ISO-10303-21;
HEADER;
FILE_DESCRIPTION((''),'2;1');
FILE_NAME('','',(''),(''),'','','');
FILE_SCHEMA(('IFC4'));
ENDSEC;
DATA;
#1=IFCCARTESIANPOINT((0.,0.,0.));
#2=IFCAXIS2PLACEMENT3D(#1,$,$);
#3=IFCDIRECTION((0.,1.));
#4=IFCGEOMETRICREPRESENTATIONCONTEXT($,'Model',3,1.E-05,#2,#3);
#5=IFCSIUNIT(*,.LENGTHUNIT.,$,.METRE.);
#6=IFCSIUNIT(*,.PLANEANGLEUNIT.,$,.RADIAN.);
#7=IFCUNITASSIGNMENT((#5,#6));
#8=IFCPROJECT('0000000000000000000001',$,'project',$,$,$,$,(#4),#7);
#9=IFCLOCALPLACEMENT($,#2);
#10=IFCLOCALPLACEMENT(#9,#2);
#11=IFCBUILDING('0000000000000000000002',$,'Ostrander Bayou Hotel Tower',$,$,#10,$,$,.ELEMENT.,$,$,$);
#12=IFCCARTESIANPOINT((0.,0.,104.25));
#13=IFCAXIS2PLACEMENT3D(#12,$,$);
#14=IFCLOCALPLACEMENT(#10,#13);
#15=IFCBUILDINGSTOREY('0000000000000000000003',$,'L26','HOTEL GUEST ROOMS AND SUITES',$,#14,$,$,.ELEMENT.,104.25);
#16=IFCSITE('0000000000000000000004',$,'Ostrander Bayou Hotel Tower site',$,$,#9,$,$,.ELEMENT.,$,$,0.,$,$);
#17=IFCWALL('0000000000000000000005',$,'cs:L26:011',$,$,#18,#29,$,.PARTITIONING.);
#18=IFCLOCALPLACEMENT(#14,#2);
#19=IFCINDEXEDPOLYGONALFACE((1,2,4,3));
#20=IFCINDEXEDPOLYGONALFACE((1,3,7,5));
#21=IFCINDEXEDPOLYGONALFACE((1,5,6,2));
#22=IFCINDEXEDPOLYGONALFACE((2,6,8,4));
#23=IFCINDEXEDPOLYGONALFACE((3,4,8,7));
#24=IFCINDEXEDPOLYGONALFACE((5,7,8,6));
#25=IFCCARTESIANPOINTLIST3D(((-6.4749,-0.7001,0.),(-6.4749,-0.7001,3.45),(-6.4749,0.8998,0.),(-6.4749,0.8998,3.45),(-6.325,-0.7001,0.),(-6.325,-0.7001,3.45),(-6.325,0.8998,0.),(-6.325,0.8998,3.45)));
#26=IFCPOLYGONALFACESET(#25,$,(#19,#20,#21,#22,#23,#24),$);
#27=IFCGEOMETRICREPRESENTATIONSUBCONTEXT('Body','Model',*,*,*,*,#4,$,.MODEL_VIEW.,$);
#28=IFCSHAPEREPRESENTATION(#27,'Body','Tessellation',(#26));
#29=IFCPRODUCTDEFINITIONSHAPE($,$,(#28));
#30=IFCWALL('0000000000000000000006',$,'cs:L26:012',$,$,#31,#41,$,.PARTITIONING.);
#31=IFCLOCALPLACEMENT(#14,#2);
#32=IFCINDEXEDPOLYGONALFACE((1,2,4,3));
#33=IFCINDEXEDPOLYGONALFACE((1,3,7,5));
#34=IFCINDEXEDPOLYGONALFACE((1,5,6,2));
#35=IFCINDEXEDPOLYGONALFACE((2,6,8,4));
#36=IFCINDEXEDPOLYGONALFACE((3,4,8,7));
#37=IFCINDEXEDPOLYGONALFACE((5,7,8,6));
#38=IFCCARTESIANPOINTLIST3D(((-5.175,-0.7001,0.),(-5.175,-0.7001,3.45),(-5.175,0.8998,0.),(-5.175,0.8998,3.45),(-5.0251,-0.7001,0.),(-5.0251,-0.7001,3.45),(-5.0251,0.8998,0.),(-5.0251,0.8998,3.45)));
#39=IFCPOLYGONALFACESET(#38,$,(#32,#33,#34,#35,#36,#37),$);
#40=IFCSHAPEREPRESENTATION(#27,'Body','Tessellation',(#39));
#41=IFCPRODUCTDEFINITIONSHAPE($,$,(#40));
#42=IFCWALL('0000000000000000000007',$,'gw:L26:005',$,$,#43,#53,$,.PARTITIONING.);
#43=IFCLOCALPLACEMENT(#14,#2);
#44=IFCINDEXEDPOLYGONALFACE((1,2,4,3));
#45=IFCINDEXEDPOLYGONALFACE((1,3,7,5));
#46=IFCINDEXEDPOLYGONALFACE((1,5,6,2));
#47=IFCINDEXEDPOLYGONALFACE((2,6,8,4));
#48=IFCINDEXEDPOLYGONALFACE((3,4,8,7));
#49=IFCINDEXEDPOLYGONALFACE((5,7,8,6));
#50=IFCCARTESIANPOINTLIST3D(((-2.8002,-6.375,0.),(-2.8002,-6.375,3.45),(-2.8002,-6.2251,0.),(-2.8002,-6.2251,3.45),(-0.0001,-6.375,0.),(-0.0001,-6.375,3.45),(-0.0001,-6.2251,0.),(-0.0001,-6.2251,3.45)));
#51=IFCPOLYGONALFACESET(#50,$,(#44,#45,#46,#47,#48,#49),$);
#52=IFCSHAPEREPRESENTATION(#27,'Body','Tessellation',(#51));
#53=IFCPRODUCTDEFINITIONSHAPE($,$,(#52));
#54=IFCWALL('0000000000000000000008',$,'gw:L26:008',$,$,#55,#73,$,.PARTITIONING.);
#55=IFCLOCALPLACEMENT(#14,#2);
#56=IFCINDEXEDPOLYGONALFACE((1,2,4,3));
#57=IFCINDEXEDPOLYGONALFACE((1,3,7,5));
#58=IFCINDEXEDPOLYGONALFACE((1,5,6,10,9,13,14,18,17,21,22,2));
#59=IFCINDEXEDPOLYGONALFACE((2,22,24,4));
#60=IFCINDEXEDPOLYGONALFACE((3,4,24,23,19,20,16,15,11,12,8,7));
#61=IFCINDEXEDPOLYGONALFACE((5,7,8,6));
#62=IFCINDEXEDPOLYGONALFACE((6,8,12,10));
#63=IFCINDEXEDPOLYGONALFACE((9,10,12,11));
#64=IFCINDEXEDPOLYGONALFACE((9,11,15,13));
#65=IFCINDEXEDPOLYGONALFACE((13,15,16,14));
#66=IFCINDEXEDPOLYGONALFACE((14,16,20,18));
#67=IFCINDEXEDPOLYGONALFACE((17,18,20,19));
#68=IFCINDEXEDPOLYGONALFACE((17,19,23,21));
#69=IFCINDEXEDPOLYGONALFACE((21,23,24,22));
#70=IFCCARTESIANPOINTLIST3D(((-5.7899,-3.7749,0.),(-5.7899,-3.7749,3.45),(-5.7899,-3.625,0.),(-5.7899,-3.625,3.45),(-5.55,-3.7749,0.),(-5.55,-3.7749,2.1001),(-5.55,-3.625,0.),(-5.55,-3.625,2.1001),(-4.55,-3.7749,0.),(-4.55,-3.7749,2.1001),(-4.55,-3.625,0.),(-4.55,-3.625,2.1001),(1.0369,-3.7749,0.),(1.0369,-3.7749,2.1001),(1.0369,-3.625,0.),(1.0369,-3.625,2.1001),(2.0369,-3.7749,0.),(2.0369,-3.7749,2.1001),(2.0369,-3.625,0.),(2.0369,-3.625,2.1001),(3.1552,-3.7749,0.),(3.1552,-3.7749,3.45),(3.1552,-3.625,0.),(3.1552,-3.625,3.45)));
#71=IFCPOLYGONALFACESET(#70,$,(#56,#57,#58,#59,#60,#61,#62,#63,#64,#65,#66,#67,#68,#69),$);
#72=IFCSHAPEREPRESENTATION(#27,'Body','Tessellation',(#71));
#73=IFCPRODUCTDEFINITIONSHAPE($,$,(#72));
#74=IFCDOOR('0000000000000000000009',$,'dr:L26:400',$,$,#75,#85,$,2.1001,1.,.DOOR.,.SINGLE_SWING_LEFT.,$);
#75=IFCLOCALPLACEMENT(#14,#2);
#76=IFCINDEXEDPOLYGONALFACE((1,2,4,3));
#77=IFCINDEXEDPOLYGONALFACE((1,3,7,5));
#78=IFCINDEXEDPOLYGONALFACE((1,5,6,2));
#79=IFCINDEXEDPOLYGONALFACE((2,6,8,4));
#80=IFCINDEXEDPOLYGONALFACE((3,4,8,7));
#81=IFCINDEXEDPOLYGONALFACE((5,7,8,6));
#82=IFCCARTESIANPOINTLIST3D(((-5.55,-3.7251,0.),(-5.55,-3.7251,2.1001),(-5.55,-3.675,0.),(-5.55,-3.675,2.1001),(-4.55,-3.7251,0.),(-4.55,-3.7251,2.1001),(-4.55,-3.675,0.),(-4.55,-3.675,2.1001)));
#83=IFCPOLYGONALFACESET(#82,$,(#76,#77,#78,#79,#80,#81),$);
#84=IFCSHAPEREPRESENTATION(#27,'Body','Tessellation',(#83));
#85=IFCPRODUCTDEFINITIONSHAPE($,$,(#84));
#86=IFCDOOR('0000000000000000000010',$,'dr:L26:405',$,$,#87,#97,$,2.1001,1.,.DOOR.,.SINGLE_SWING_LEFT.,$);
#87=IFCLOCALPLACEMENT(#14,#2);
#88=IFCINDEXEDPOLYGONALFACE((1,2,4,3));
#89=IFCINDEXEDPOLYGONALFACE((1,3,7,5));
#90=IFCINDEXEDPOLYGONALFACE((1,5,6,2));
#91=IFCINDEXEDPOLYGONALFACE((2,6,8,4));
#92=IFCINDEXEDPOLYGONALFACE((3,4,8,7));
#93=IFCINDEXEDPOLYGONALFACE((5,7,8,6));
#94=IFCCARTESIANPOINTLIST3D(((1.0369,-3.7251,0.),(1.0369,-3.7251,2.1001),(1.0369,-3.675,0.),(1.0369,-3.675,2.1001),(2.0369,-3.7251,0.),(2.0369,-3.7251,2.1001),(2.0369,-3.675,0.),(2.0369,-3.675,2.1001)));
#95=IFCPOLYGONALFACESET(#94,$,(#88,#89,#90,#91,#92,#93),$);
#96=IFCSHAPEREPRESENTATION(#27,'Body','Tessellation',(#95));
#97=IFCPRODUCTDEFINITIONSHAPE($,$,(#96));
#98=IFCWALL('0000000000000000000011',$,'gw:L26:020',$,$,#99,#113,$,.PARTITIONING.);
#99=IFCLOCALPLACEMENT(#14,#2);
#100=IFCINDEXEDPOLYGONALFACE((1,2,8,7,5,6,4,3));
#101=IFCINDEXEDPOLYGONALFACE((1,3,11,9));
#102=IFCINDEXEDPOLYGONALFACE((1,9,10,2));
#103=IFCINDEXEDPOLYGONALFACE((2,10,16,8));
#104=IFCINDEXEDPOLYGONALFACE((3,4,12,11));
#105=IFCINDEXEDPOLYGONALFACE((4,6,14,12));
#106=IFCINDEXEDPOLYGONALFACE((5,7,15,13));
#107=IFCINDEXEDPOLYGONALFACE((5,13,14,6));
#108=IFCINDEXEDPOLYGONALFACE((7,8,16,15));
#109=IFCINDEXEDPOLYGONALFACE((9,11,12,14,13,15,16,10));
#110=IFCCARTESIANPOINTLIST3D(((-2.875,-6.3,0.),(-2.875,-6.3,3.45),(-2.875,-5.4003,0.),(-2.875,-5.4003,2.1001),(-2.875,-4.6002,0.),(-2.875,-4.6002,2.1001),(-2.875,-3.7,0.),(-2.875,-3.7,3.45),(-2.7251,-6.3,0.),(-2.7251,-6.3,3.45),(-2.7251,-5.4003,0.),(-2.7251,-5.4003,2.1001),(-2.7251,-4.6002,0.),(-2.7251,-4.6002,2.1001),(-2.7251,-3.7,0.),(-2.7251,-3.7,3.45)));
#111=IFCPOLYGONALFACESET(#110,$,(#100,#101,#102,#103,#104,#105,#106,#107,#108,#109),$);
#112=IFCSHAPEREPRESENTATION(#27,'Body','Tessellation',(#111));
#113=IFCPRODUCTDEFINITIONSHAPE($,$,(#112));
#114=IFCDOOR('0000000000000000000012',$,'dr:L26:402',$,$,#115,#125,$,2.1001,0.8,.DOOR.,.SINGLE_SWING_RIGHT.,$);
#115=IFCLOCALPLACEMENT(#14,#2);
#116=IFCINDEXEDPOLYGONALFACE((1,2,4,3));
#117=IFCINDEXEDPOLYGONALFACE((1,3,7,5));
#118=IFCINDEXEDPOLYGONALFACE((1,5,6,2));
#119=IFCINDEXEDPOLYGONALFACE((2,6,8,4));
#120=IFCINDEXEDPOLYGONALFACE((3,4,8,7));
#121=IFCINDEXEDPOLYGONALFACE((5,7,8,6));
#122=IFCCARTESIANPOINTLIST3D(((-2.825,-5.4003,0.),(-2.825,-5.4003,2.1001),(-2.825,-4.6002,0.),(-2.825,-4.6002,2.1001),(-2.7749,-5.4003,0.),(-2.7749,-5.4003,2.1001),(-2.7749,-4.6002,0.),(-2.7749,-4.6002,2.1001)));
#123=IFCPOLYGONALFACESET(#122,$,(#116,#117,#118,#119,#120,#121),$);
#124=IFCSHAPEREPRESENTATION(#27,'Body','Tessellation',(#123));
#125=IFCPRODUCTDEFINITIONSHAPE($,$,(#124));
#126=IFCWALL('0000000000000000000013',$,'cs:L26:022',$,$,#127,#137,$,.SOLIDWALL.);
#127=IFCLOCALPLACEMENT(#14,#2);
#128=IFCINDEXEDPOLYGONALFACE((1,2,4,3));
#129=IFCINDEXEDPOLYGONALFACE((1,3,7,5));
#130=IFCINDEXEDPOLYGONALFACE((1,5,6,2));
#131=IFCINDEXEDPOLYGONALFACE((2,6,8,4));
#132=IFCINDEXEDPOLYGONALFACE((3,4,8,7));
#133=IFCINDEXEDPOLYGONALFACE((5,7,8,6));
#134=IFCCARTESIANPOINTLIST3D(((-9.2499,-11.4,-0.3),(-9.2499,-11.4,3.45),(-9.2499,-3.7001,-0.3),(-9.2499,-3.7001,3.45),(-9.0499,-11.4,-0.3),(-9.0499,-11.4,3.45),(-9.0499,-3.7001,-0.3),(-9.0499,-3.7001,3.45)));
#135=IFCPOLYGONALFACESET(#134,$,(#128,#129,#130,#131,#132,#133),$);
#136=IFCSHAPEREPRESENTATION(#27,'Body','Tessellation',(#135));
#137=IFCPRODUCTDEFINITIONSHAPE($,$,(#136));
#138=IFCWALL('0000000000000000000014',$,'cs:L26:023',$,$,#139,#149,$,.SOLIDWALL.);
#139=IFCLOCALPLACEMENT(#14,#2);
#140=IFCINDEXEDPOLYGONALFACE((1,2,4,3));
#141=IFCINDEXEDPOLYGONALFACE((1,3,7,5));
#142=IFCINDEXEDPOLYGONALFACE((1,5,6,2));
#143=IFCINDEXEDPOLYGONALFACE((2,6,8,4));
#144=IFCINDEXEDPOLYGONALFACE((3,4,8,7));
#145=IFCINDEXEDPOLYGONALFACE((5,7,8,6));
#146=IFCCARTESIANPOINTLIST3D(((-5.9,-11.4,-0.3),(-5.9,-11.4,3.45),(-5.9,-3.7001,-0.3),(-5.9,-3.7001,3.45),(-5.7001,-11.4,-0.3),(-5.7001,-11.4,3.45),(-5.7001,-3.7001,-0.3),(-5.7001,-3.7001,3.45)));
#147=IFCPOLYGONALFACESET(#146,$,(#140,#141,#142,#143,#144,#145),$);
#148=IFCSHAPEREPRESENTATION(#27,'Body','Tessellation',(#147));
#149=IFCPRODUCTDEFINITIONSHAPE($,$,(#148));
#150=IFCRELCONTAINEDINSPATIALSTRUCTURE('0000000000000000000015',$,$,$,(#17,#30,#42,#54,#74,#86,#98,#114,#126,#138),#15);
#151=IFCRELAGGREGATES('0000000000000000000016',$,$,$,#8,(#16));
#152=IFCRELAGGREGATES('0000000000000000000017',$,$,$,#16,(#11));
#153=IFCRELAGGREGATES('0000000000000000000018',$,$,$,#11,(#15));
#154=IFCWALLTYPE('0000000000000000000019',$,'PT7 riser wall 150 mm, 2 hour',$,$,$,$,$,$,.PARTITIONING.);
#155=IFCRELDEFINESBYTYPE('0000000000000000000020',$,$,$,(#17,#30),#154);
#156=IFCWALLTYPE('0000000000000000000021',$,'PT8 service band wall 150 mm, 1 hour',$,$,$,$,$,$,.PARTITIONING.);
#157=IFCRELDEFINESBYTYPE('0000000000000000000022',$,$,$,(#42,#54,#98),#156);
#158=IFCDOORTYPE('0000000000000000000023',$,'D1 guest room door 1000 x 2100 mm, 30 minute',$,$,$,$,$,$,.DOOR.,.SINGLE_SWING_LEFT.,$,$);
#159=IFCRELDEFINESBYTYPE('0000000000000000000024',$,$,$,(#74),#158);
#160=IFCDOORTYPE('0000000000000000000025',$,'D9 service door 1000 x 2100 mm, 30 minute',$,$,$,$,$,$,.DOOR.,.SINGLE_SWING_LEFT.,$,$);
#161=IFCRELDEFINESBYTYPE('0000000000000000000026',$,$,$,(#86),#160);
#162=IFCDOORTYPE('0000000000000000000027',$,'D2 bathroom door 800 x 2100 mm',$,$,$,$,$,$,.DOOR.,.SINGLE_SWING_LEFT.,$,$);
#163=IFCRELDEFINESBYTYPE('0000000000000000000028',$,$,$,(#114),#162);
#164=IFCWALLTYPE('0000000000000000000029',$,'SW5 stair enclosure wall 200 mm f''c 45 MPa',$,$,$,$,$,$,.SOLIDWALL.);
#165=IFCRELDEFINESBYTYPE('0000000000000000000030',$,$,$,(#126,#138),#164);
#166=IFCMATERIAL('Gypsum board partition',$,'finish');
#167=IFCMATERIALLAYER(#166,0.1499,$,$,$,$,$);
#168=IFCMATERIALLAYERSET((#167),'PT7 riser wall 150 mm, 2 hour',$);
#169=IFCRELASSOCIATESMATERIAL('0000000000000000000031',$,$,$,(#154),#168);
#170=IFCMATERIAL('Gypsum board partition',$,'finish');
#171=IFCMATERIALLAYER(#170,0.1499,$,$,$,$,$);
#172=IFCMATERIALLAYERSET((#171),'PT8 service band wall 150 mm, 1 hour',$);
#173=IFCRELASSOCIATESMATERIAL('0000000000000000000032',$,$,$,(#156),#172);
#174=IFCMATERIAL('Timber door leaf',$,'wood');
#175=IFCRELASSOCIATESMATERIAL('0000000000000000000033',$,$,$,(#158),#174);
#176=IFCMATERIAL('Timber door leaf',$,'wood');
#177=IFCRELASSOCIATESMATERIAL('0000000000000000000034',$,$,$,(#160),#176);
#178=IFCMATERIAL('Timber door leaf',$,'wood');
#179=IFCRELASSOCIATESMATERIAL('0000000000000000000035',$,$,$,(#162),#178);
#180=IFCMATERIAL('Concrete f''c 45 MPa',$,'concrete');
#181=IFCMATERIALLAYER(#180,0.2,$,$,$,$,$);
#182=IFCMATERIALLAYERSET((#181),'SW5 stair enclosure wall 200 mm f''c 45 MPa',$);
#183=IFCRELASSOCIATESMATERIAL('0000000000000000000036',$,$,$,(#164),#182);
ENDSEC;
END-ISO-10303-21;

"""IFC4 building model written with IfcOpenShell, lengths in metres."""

from ifc_helpers import new_model, si_unit, direction, frame, frame_2d, origin, place, context, subcontext, project, spatial, rectangle, extrude, material, layer, layer_set, type_object, element, fill, save


model = new_model("IFC4")

# Units and contexts
model_context = context("Model", 3, precision=1e-05, world=origin(), true_north=direction((0.0, 1.0)))
body_context = subcontext(model_context, "Body", "Model", "MODEL_VIEW")
ifc_project = project(units=[si_unit("LENGTHUNIT", "METRE"), si_unit("PLANEANGLEUNIT", "RADIAN")], contexts=[model_context])

# Site, building, storey
site_placement = place(None, origin())
site = spatial("IfcSite", under=ifc_project, at=site_placement, Name="Ostrander Bayou Hotel Tower site", CompositionType="ELEMENT", RefElevation=0.0)
building_placement = place(site_placement, origin())
building = spatial("IfcBuilding", under=site, at=building_placement, Name="Ostrander Bayou Hotel Tower", CompositionType="ELEMENT")
storey_placement = place(building_placement, frame((0.0, 0.0, 104.25)))
storey = spatial("IfcBuildingStorey", under=building, at=storey_placement, Name="L26", Description="HOTEL GUEST ROOMS AND SUITES", CompositionType="ELEMENT", Elevation=104.25)

# Walls
ifc_material_1 = material(Name="Gypsum board partition", Category="finish")
ifc_layer_1 = layer(ifc_material_1, 0.1499)
ifc_layer_set_1 = layer_set([ifc_layer_1], Name="PT7 riser wall 150 mm, 2 hour")
wall_type_1 = type_object("IfcWallType", Name="PT7 riser wall 150 mm, 2 hour", PredefinedType="PARTITIONING", material=ifc_layer_set_1)
for number, where, z_axis, x_axis, name in (
    (1, (-6.3999, -0.7, 0.0), (0.0, 0.0, 1.0), (0.0, 1.0, 0.0), "cs:L26:011"),
    (2, (-5.1001, -0.7, 0.0), (0.0, 0.0, 1.0), (0.0, 1.0, 0.0), "cs:L26:012"),
):
    element("IfcWall", number, at=place(storey_placement, frame(where, z_axis=z_axis, x_axis=x_axis)), inside=storey, type_object=wall_type_1, Name=name, PredefinedType="PARTITIONING", context=body_context, shape_type="SweptSolid", body=[
        extrude(rectangle(XDim=1.5999, YDim=0.1499, at=frame_2d((0.7998, 0.0))), origin(), (0.0, 0.0, 1.0), 3.45),
    ])
ifc_material_2 = material(Name="Gypsum board partition", Category="finish")
ifc_layer_2 = layer(ifc_material_2, 0.1499)
ifc_layer_set_2 = layer_set([ifc_layer_2], Name="PT8 service band wall 150 mm, 1 hour")
wall_type_2 = type_object("IfcWallType", Name="PT8 service band wall 150 mm, 1 hour", PredefinedType="PARTITIONING", material=ifc_layer_set_2)
wall_1_placement = place(storey_placement, frame((-2.8, -6.3, 0.0), z_axis=(0.0, 0.0, 1.0), x_axis=(1.0, 0.0, 0.0)))
element("IfcWall", 3, at=wall_1_placement, inside=storey, type_object=wall_type_2, Name="gw:L26:005", PredefinedType="PARTITIONING", context=body_context, shape_type="SweptSolid", body=[
    extrude(rectangle(XDim=2.8, YDim=0.1499, at=frame_2d((1.3999, 0.0))), origin(), (0.0, 0.0, 1.0), 3.45),
])

# Wall, openings, doors
wall_2_placement = place(storey_placement, frame((-5.79, -3.7, 0.0), z_axis=(0.0, 0.0, 1.0), x_axis=(1.0, 0.0, 0.0)))
wall_2 = element("IfcWall", 4, at=wall_2_placement, inside=storey, type_object=wall_type_2, Name="gw:L26:008", PredefinedType="PARTITIONING", context=body_context, shape_type="SweptSolid", body=[
    extrude(rectangle(XDim=8.9451, YDim=0.1499, at=frame_2d((4.4727, 0.0))), origin(), (0.0, 0.0, 1.0), 3.45),
])
opening_1_placement = place(wall_2_placement, frame((0.24, 0.0, 0.0)))
opening_1 = element("IfcOpeningElement", 5, at=opening_1_placement, cuts=wall_2, PredefinedType="OPENING", context=body_context, shape_type="SweptSolid", body=[
    extrude(rectangle(XDim=1.0, YDim=2.1001, at=frame_2d((0.5, 1.05))), frame((0.0, 0.075, 0.0), z_axis=(0.0, -1.0, 0.0), x_axis=(1.0, 0.0, 0.0)), (0.0, 0.0, 1.0), 0.1499),
])
opening_2_placement = place(wall_2_placement, frame((6.8269, 0.0, 0.0)))
opening_2 = element("IfcOpeningElement", 6, at=opening_2_placement, cuts=wall_2, PredefinedType="OPENING", context=body_context, shape_type="SweptSolid", body=[
    extrude(rectangle(XDim=1.0, YDim=2.1001, at=frame_2d((0.5, 1.05))), frame((0.0, 0.075, 0.0), z_axis=(0.0, -1.0, 0.0), x_axis=(1.0, 0.0, 0.0)), (0.0, 0.0, 1.0), 0.1499),
])
ifc_material_3 = material(Name="Timber door leaf", Category="wood")
door_type_1 = type_object("IfcDoorType", Name="D1 guest room door 1000 x 2100 mm, 30 minute", OperationType="SINGLE_SWING_LEFT", PredefinedType="DOOR", material=ifc_material_3)
door_1_placement = place(opening_1_placement, origin())
door_1 = element("IfcDoor", 7, at=door_1_placement, inside=storey, type_object=door_type_1, Name="dr:L26:400", OperationType="SINGLE_SWING_LEFT", OverallHeight=2.1001, OverallWidth=1.0, PredefinedType="DOOR", context=body_context, shape_type="SweptSolid", body=[
    extrude(rectangle(XDim=1.0, YDim=2.1001, at=frame_2d((0.5, 1.05))), frame((0.0, 0.0249, 0.0), z_axis=(0.0, -1.0, 0.0), x_axis=(1.0, 0.0, 0.0)), (0.0, 0.0, 1.0), 0.05),
])
fill(opening_1, door_1)
ifc_material_4 = material(Name="Timber door leaf", Category="wood")
door_type_2 = type_object("IfcDoorType", Name="D9 service door 1000 x 2100 mm, 30 minute", OperationType="SINGLE_SWING_LEFT", PredefinedType="DOOR", material=ifc_material_4)
door_2_placement = place(opening_2_placement, origin())
door_2 = element("IfcDoor", 8, at=door_2_placement, inside=storey, type_object=door_type_2, Name="dr:L26:405", OperationType="SINGLE_SWING_LEFT", OverallHeight=2.1001, OverallWidth=1.0, PredefinedType="DOOR", context=body_context, shape_type="SweptSolid", body=[
    extrude(rectangle(XDim=1.0, YDim=2.1001, at=frame_2d((0.5, 1.05))), frame((0.0, 0.0249, 0.0), z_axis=(0.0, -1.0, 0.0), x_axis=(1.0, 0.0, 0.0)), (0.0, 0.0, 1.0), 0.05),
])
fill(opening_2, door_2)

# Wall, opening, door
wall_3_placement = place(storey_placement, frame((-2.8, -6.3, 0.0), z_axis=(0.0, 0.0, 1.0), x_axis=(0.0, 1.0, 0.0)))
wall_3 = element("IfcWall", 9, at=wall_3_placement, inside=storey, type_object=wall_type_2, Name="gw:L26:020", PredefinedType="PARTITIONING", context=body_context, shape_type="SweptSolid", body=[
    extrude(rectangle(XDim=2.6001, YDim=0.1499, at=frame_2d((1.3, 0.0))), origin(), (0.0, 0.0, 1.0), 3.45),
])
opening_3_placement = place(wall_3_placement, frame((0.8999, 0.0, 0.0)))
opening_3 = element("IfcOpeningElement", 10, at=opening_3_placement, cuts=wall_3, PredefinedType="OPENING", context=body_context, shape_type="SweptSolid", body=[
    extrude(rectangle(XDim=0.8, YDim=2.1001, at=frame_2d((0.3999, 1.05))), frame((0.0, 0.075, 0.0), z_axis=(0.0, -1.0, 0.0), x_axis=(1.0, 0.0, 0.0)), (0.0, 0.0, 1.0), 0.1499),
])
ifc_material_5 = material(Name="Timber door leaf", Category="wood")
door_type_3 = type_object("IfcDoorType", Name="D2 bathroom door 800 x 2100 mm", OperationType="SINGLE_SWING_LEFT", PredefinedType="DOOR", material=ifc_material_5)
door_3_placement = place(opening_3_placement, origin())
door_3 = element("IfcDoor", 11, at=door_3_placement, inside=storey, type_object=door_type_3, Name="dr:L26:402", OperationType="SINGLE_SWING_RIGHT", OverallHeight=2.1001, OverallWidth=0.8, PredefinedType="DOOR", context=body_context, shape_type="SweptSolid", body=[
    extrude(rectangle(XDim=0.8, YDim=2.1001, at=frame_2d((0.3999, 1.05))), frame((0.0, 0.0249, 0.0), z_axis=(0.0, -1.0, 0.0), x_axis=(1.0, 0.0, 0.0)), (0.0, 0.0, 1.0), 0.05),
])
fill(opening_3, door_3)
ifc_material_6 = material(Name="Concrete f'c 45 MPa", Category="concrete")
ifc_layer_3 = layer(ifc_material_6, 0.2)
ifc_layer_set_3 = layer_set([ifc_layer_3], Name="SW5 stair enclosure wall 200 mm f'c 45 MPa")
wall_type_3 = type_object("IfcWallType", Name="SW5 stair enclosure wall 200 mm f'c 45 MPa", PredefinedType="SOLIDWALL", material=ifc_layer_set_3)

# Walls
for number, where, z_axis, x_axis, name in (
    (12, (-9.1499, -3.7, -0.3), (0.0, 0.0, 1.0), (0.0, -1.0, 0.0), "cs:L26:022"),
    (13, (-5.8, -3.7, -0.3), (0.0, 0.0, 1.0), (0.0, -1.0, 0.0), "cs:L26:023"),
):
    element("IfcWall", number, at=place(storey_placement, frame(where, z_axis=z_axis, x_axis=x_axis)), inside=storey, type_object=wall_type_3, Name=name, PredefinedType="SOLIDWALL", context=body_context, shape_type="SweptSolid", body=[
        extrude(rectangle(XDim=7.7, YDim=0.2, at=frame_2d((3.8501, 0.0))), origin(), (0.0, 0.0, 1.0), 3.75),
    ])

save(model, "model.ifc")
